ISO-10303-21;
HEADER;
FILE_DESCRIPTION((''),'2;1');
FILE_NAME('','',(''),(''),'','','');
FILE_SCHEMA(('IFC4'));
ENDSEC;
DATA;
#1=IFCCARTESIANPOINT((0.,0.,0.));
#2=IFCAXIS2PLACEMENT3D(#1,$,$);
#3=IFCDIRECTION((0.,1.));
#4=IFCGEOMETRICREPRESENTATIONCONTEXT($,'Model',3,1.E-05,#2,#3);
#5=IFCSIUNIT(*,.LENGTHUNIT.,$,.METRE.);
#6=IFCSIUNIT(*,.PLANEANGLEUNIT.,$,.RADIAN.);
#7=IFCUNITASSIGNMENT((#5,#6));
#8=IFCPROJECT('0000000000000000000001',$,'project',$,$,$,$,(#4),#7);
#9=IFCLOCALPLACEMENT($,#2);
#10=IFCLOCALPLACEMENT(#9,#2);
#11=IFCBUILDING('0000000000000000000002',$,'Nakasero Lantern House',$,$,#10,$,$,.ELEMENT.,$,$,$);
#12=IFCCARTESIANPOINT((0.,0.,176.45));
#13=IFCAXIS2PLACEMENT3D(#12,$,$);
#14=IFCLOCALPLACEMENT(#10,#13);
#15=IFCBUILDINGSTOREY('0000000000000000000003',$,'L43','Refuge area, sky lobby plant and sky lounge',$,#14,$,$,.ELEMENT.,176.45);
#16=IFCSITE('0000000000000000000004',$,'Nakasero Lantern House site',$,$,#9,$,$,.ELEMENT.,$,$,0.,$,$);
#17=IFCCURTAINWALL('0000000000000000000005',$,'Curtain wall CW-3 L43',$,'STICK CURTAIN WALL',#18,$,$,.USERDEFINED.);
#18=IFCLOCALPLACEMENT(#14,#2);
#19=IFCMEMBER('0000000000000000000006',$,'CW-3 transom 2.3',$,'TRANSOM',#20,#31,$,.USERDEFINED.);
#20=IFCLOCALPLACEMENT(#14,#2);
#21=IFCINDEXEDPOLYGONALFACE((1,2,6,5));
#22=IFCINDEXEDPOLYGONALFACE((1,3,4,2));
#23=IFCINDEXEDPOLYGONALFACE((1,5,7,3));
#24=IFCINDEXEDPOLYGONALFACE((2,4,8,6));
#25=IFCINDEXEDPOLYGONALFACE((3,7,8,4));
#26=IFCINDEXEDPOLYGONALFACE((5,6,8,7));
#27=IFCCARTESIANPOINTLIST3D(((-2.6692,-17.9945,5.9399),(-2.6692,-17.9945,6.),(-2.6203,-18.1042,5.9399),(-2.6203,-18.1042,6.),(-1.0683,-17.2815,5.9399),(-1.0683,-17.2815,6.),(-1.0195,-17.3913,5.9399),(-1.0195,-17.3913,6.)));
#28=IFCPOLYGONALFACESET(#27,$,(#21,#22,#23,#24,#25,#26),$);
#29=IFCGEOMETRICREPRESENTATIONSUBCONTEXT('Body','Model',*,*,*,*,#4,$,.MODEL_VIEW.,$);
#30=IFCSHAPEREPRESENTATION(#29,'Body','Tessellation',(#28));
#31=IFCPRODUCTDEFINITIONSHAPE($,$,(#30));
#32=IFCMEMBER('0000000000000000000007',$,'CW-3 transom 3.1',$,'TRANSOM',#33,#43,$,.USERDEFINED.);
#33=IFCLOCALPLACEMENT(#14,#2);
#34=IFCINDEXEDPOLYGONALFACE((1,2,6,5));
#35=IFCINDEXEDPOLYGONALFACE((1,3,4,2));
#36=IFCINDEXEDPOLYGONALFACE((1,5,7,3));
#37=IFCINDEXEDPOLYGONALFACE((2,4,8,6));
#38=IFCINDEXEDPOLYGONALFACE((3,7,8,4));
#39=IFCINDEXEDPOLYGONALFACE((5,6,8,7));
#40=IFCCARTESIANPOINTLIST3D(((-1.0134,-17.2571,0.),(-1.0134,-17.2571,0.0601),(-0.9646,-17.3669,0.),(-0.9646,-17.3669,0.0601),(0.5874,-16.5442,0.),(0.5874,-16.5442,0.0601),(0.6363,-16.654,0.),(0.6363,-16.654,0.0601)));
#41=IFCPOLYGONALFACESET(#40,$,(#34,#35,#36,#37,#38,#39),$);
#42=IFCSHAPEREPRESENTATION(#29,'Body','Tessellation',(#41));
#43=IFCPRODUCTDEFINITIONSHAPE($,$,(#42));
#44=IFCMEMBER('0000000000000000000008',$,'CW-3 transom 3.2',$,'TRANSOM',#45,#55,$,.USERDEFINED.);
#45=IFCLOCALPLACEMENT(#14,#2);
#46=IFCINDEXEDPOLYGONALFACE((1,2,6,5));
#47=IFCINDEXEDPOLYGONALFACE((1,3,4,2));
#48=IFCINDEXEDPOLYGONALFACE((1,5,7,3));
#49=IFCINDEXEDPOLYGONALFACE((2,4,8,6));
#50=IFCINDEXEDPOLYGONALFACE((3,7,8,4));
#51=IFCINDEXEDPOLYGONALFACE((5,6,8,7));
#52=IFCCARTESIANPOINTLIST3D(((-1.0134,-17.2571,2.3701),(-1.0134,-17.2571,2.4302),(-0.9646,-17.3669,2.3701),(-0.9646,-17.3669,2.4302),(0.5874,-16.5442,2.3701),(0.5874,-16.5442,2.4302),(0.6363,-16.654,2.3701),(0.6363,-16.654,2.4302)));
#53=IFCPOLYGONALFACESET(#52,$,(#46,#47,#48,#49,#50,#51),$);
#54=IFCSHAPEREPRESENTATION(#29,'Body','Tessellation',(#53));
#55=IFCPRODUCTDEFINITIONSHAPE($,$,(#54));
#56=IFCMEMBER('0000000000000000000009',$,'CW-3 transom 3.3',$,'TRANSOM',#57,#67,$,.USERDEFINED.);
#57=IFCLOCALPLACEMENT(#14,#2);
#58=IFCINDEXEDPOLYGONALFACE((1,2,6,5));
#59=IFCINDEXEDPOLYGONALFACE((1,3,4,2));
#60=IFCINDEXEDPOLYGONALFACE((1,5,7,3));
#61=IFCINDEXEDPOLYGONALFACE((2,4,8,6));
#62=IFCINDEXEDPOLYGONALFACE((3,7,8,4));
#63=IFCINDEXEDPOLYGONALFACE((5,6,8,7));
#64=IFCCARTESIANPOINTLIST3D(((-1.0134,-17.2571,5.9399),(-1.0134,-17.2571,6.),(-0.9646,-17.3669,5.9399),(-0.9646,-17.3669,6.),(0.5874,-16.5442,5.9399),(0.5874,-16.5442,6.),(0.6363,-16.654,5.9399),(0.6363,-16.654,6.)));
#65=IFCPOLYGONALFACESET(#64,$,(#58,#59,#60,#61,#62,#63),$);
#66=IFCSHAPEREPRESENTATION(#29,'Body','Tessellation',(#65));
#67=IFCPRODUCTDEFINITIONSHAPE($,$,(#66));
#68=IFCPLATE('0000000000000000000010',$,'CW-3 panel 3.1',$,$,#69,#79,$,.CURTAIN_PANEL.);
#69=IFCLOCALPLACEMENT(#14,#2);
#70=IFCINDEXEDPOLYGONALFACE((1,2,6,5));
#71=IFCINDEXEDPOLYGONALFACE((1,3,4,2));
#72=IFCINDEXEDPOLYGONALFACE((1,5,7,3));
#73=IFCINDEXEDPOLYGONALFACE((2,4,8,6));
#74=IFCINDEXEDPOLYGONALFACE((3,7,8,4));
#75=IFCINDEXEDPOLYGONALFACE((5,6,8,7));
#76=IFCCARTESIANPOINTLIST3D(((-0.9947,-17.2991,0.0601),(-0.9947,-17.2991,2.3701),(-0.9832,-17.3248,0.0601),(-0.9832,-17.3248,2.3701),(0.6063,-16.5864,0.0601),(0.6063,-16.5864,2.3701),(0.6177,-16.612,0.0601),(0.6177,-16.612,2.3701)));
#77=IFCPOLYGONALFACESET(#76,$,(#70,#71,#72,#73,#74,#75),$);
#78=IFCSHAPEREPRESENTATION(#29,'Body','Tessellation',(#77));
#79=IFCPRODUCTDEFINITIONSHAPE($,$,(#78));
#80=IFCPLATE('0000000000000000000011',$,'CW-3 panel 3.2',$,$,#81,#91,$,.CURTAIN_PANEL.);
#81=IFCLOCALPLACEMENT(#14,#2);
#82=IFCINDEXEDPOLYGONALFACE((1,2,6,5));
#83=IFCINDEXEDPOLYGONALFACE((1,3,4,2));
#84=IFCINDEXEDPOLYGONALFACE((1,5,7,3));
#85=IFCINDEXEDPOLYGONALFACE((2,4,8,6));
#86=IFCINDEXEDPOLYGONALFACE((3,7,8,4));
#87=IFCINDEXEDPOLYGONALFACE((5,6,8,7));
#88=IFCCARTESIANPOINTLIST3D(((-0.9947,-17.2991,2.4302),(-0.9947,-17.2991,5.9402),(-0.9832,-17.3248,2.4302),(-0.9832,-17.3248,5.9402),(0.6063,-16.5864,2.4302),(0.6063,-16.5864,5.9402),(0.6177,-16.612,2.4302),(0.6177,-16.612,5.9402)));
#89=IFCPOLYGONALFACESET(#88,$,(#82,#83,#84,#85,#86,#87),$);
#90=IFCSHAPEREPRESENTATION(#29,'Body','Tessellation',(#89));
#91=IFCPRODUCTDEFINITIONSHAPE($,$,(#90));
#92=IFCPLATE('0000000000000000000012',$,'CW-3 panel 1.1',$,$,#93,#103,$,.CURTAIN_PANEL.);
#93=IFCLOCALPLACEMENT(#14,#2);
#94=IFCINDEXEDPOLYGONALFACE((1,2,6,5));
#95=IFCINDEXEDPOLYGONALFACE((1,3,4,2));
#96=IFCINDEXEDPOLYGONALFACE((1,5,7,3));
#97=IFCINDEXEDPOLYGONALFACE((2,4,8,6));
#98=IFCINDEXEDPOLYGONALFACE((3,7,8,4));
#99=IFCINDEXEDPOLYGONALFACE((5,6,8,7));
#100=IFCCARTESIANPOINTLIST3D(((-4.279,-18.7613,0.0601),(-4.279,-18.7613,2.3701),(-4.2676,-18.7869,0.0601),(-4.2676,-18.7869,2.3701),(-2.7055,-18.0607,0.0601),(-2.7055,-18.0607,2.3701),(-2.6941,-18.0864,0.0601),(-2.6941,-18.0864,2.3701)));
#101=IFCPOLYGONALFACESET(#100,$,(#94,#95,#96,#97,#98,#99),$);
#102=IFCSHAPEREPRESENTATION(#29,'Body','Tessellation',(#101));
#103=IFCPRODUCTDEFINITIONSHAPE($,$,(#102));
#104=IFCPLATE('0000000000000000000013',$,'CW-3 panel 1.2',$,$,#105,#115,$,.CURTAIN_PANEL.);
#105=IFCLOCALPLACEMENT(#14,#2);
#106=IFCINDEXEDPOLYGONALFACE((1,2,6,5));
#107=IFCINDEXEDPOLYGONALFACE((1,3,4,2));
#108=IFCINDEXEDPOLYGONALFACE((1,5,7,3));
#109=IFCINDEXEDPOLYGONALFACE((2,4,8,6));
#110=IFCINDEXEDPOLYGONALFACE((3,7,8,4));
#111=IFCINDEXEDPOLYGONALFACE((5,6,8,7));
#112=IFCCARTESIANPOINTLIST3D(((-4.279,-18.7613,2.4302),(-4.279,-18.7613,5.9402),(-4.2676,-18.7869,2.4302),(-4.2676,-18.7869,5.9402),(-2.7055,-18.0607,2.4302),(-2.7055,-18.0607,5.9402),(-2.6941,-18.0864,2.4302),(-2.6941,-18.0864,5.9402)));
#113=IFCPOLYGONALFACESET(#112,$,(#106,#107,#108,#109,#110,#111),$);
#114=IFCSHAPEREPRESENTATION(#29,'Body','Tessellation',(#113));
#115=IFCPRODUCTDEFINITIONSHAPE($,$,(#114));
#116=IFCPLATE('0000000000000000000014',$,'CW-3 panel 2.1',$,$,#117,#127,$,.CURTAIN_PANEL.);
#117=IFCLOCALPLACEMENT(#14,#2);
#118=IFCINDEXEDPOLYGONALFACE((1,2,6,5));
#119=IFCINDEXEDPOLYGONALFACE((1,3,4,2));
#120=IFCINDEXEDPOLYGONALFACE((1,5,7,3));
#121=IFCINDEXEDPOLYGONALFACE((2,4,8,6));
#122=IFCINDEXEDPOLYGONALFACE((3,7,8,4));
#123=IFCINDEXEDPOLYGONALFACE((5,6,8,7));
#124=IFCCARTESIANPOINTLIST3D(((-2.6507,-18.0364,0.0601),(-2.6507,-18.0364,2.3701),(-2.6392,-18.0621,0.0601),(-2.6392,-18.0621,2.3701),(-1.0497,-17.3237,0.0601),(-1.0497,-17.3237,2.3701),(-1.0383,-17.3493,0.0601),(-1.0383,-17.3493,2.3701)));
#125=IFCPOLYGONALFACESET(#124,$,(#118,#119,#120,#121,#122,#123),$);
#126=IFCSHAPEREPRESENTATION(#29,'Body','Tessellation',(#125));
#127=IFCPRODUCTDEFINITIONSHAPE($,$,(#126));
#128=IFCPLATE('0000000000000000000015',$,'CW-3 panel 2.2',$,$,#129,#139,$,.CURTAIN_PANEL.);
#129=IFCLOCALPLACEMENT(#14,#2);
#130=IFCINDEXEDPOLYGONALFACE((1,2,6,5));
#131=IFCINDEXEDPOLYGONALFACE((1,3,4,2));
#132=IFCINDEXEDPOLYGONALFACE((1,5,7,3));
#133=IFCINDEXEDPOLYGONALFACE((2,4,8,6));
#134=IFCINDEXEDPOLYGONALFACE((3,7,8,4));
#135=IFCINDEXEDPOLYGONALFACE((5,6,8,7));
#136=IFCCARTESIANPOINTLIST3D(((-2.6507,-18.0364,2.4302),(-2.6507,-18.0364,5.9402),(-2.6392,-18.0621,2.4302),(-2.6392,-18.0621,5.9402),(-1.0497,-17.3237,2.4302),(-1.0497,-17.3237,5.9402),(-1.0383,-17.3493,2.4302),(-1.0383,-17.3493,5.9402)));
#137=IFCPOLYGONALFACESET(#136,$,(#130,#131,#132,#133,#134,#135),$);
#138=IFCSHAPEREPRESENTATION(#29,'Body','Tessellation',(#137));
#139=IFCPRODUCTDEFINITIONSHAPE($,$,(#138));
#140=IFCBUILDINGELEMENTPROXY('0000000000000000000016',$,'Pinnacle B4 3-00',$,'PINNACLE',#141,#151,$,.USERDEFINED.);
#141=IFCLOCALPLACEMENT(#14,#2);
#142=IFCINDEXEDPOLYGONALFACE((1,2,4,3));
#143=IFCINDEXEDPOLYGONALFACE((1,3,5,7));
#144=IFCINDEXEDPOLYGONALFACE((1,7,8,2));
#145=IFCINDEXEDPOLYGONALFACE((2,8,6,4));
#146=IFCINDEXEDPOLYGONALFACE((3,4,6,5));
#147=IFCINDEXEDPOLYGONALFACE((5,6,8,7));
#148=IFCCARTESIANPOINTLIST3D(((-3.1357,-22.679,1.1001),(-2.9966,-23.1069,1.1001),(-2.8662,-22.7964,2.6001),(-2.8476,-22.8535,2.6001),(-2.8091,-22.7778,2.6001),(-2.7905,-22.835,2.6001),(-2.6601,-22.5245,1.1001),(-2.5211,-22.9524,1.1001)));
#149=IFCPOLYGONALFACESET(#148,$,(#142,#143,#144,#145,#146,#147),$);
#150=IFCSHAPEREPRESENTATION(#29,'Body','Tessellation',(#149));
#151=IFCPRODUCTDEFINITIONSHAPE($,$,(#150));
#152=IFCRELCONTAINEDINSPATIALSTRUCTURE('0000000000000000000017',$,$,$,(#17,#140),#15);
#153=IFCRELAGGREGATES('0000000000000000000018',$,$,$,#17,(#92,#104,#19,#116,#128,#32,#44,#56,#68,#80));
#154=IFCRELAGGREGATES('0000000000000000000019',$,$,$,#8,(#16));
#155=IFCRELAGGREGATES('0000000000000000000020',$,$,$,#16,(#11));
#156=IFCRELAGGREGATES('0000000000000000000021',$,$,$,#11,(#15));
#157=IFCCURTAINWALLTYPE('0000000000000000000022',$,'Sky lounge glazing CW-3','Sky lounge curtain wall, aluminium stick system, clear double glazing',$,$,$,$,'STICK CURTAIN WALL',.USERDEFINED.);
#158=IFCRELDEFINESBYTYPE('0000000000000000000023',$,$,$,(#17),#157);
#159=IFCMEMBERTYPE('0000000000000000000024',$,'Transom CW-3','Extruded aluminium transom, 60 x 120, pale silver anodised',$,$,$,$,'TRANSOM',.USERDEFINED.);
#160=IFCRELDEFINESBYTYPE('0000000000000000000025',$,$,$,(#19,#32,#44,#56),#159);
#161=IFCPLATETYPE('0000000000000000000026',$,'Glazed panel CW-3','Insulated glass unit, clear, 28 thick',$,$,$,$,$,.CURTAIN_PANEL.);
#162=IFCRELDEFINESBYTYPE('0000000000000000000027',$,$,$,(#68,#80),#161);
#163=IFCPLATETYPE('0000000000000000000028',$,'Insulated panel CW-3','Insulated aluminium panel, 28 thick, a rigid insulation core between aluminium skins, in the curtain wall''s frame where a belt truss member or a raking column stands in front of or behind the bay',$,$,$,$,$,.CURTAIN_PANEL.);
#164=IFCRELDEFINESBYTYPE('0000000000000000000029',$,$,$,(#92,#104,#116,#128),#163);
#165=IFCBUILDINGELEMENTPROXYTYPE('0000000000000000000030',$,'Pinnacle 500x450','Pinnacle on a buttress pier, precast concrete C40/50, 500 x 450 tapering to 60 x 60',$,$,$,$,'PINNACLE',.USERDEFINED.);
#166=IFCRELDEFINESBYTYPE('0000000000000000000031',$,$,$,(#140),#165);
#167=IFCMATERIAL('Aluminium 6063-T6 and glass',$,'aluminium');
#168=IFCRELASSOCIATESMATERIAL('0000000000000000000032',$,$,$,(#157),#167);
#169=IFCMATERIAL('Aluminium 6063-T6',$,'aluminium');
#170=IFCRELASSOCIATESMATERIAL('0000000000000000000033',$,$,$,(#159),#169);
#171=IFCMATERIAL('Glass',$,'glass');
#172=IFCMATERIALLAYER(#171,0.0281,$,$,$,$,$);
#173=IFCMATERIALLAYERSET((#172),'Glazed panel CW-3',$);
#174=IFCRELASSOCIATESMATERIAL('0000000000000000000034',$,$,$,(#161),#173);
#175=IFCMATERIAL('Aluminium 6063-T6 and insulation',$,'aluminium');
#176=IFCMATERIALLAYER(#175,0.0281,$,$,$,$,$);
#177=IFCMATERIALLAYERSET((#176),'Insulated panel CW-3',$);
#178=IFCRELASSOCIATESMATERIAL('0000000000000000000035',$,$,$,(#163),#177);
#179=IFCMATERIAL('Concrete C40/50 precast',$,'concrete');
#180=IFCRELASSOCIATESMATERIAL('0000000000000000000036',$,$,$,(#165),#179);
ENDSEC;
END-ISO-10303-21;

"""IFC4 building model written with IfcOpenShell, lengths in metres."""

from ifc_helpers import new_model, entity, si_unit, direction, frame, origin, origin_2d, place, context, subcontext, project, spatial, rectangle, extrude, material, layer, layer_set, material_profile, profile_set, type_object, element, aggregate, save


model = new_model("IFC4")

# Units and contexts
model_context = context("Model", 3, precision=1e-05, world=origin(), true_north=direction((0.0, 1.0)))
body_context = subcontext(model_context, "Body", "Model", "MODEL_VIEW")
ifc_project = project(units=[si_unit("LENGTHUNIT", "METRE"), si_unit("PLANEANGLEUNIT", "RADIAN")], contexts=[model_context])

# Site, building, storey
site_placement = place(None, origin())
site = spatial("IfcSite", under=ifc_project, at=site_placement, Name="Nakasero Lantern House site", CompositionType="ELEMENT", RefElevation=0.0)
building_placement = place(site_placement, origin())
building = spatial("IfcBuilding", under=site, at=building_placement, Name="Nakasero Lantern House", CompositionType="ELEMENT")
storey_placement = place(building_placement, frame((0.0, 0.0, 176.45)))
storey = spatial("IfcBuildingStorey", under=building, at=storey_placement, Name="L43", Description="Refuge area, sky lobby plant and sky lounge", CompositionType="ELEMENT", Elevation=176.45)

# Shared definitions
ifc_material_1 = material(Name="Aluminium 6063-T6 and glass", Category="aluminium")
curtain_wall_type = type_object("IfcCurtainWallType", Name="Sky lounge glazing CW-3", Description="Sky lounge curtain wall, aluminium stick system, clear double glazing", ElementType="STICK CURTAIN WALL", PredefinedType="USERDEFINED", material=ifc_material_1)

# Curtain wall
curtain_wall_1_placement = place(storey_placement, origin())
curtain_wall_1 = element("IfcCurtainWall", 1, at=curtain_wall_1_placement, inside=storey, type_object=curtain_wall_type, Name="Curtain wall CW-3 L43", ObjectType="STICK CURTAIN WALL", PredefinedType="USERDEFINED")

# Members
ifc_material_2 = material(Name="Aluminium 6063-T6", Category="aluminium")
ifc_material_profile_1 = material_profile(ifc_material_2, rectangle(XDim=0.0601, YDim=0.1201, at=origin_2d()), Name="CW-3 transom 60x120")
ifc_profile_set_1 = profile_set([ifc_material_profile_1], Name="Aluminium 6063-T6")
member_type_1 = type_object("IfcMemberType", Name="Transom CW-3", Description="Extruded aluminium transom, 60 x 120, pale silver anodised", ElementType="TRANSOM", PredefinedType="USERDEFINED", material=ifc_profile_set_1)
member_1_placement = place(storey_placement, frame((-2.6448, -18.0493, 5.97), z_axis=(0.913513, 0.406811, 0.0), x_axis=(0.0, 0.0, 1.0)))
member_1 = element("IfcMember", 2, at=member_1_placement, type_object=member_type_1, Name="CW-3 transom 2.3", ObjectType="TRANSOM", PredefinedType="USERDEFINED", context=body_context, shape_type="SweptSolid", body=[
    extrude(rectangle(XDim=0.0601, YDim=0.1201, at=origin_2d()), origin(), (0.0, 0.0, 1.0), 1.7524),
])
member_2_placement = place(storey_placement, frame((-0.989, -17.312, 0.03), z_axis=(0.913513, 0.406811, 0.0), x_axis=(0.0, 0.0, 1.0)))
member_2 = element("IfcMember", 3, at=member_2_placement, type_object=member_type_1, Name="CW-3 transom 3.1", ObjectType="TRANSOM", PredefinedType="USERDEFINED", context=body_context, shape_type="SweptSolid", body=[
    extrude(rectangle(XDim=0.0601, YDim=0.1201, at=origin_2d()), origin(), (0.0, 0.0, 1.0), 1.7524),
])
member_3_placement = place(storey_placement, frame((-0.989, -17.312, 2.4001), z_axis=(0.913513, 0.406811, 0.0), x_axis=(0.0, 0.0, 1.0)))
member_3 = element("IfcMember", 4, at=member_3_placement, type_object=member_type_1, Name="CW-3 transom 3.2", ObjectType="TRANSOM", PredefinedType="USERDEFINED", context=body_context, shape_type="SweptSolid", body=[
    extrude(rectangle(XDim=0.0601, YDim=0.1201, at=origin_2d()), origin(), (0.0, 0.0, 1.0), 1.7524),
])
member_4_placement = place(storey_placement, frame((-0.989, -17.312, 5.97), z_axis=(0.913513, 0.406811, 0.0), x_axis=(0.0, 0.0, 1.0)))
member_4 = element("IfcMember", 5, at=member_4_placement, type_object=member_type_1, Name="CW-3 transom 3.3", ObjectType="TRANSOM", PredefinedType="USERDEFINED", context=body_context, shape_type="SweptSolid", body=[
    extrude(rectangle(XDim=0.0601, YDim=0.1201, at=origin_2d()), origin(), (0.0, 0.0, 1.0), 1.7524),
])

# Plates
ifc_material_3 = material(Name="Glass", Category="glass")
ifc_layer_1 = layer(ifc_material_3, 0.0281)
ifc_layer_set_1 = layer_set([ifc_layer_1], Name="Glazed panel CW-3")
plate_type_1 = type_object("IfcPlateType", Name="Glazed panel CW-3", Description="Insulated glass unit, clear, 28 thick", PredefinedType="CURTAIN_PANEL", material=ifc_layer_set_1)
plate_1_placement = place(storey_placement, frame((-0.1885, -16.9556, 0.0601), z_axis=(0.0, 0.0, 1.0), x_axis=(0.913545, 0.406737, 0.0)))
plate_1 = element("IfcPlate", 6, at=plate_1_placement, type_object=plate_type_1, Name="CW-3 panel 3.1", PredefinedType="CURTAIN_PANEL", context=body_context, shape_type="SweptSolid", body=[
    extrude(rectangle(XDim=1.7524, YDim=0.0281, at=origin_2d()), origin(), (0.0, 0.0, 1.0), 2.3101),
])
plate_2_placement = place(storey_placement, frame((-0.1885, -16.9556, 2.4302), z_axis=(0.0, 0.0, 1.0), x_axis=(0.913545, 0.406737, 0.0)))
plate_2 = element("IfcPlate", 7, at=plate_2_placement, type_object=plate_type_1, Name="CW-3 panel 3.2", PredefinedType="CURTAIN_PANEL", context=body_context, shape_type="SweptSolid", body=[
    extrude(rectangle(XDim=1.7524, YDim=0.0281, at=origin_2d()), origin(), (0.0, 0.0, 1.0), 3.51),
])
ifc_material_4 = material(Name="Aluminium 6063-T6 and insulation", Category="aluminium")
ifc_layer_2 = layer(ifc_material_4, 0.0281)
ifc_layer_set_2 = layer_set([ifc_layer_2], Name="Insulated panel CW-3")
plate_type_2 = type_object("IfcPlateType", Name="Insulated panel CW-3", Description="Insulated aluminium panel, 28 thick, a rigid insulation core between aluminium skins, in the curtain wall's frame where a belt truss member or a raking column stands in front of or behind the bay", PredefinedType="CURTAIN_PANEL", material=ifc_layer_set_2)
plate_3_placement = place(storey_placement, frame((-3.4866, -18.4238, 0.0601), z_axis=(0.0, 0.0, 1.0), x_axis=(0.913545, 0.406737, 0.0)))
plate_3 = element("IfcPlate", 8, at=plate_3_placement, type_object=plate_type_2, Name="CW-3 panel 1.1", PredefinedType="CURTAIN_PANEL", context=body_context, shape_type="SweptSolid", body=[
    extrude(rectangle(XDim=1.7224, YDim=0.0281, at=origin_2d()), origin(), (0.0, 0.0, 1.0), 2.3101),
])
plate_4_placement = place(storey_placement, frame((-3.4866, -18.4238, 2.4302), z_axis=(0.0, 0.0, 1.0), x_axis=(0.913545, 0.406737, 0.0)))
plate_4 = element("IfcPlate", 9, at=plate_4_placement, type_object=plate_type_2, Name="CW-3 panel 1.2", PredefinedType="CURTAIN_PANEL", context=body_context, shape_type="SweptSolid", body=[
    extrude(rectangle(XDim=1.7224, YDim=0.0281, at=origin_2d()), origin(), (0.0, 0.0, 1.0), 3.51),
])
plate_5_placement = place(storey_placement, frame((-1.8445, -17.6929, 0.0601), z_axis=(0.0, 0.0, 1.0), x_axis=(0.913545, 0.406737, 0.0)))
plate_5 = element("IfcPlate", 10, at=plate_5_placement, type_object=plate_type_2, Name="CW-3 panel 2.1", PredefinedType="CURTAIN_PANEL", context=body_context, shape_type="SweptSolid", body=[
    extrude(rectangle(XDim=1.7524, YDim=0.0281, at=origin_2d()), origin(), (0.0, 0.0, 1.0), 2.3101),
])
plate_6_placement = place(storey_placement, frame((-1.8445, -17.6929, 2.4302), z_axis=(0.0, 0.0, 1.0), x_axis=(0.913545, 0.406737, 0.0)))
plate_6 = element("IfcPlate", 11, at=plate_6_placement, type_object=plate_type_2, Name="CW-3 panel 2.2", PredefinedType="CURTAIN_PANEL", context=body_context, shape_type="SweptSolid", body=[
    extrude(rectangle(XDim=1.7524, YDim=0.0281, at=origin_2d()), origin(), (0.0, 0.0, 1.0), 3.51),
])
aggregate(curtain_wall_1, [plate_3, plate_4, member_1, plate_5, plate_6, member_2, member_3, member_4, plate_1, plate_2])

# Building element proxy
ifc_material_5 = material(Name="Concrete C40/50 precast", Category="concrete")
building_element_proxy_type = type_object("IfcBuildingElementProxyType", Name="Pinnacle 500x450", Description="Pinnacle on a buttress pier, precast concrete C40/50, 500 x 450 tapering to 60 x 60", ElementType="PINNACLE", PredefinedType="USERDEFINED", material=ifc_material_5)
proxy_placement = place(storey_placement, frame((-2.8284, -22.8157, 1.1001), z_axis=(0.0, 0.0, 1.0), x_axis=(0.309017, -0.951057, 0.0)))
element("IfcBuildingElementProxy", 12, at=proxy_placement, inside=storey, type_object=building_element_proxy_type, Name="Pinnacle B4 3-00", ObjectType="PINNACLE", PredefinedType="USERDEFINED", context=body_context, shape_type="SweptSolid", body=[
    entity("IfcExtrudedAreaSolidTapered", entity("IfcRectangleProfileDef", "AREA", None, entity("IfcAxis2Placement2D", entity("IfcCartesianPoint", [0.0, 0.0])), 0.45, 0.5), entity("IfcAxis2Placement3D", entity("IfcCartesianPoint", [0.0, 0.0, 0.0])), entity("IfcDirection", [0.0, 0.0, 1.0]), 1.5, entity("IfcRectangleProfileDef", "AREA", None, entity("IfcAxis2Placement2D", entity("IfcCartesianPoint", [0.0, 0.0])), 0.0601, 0.0601)),
])

save(model, "model.ifc")
